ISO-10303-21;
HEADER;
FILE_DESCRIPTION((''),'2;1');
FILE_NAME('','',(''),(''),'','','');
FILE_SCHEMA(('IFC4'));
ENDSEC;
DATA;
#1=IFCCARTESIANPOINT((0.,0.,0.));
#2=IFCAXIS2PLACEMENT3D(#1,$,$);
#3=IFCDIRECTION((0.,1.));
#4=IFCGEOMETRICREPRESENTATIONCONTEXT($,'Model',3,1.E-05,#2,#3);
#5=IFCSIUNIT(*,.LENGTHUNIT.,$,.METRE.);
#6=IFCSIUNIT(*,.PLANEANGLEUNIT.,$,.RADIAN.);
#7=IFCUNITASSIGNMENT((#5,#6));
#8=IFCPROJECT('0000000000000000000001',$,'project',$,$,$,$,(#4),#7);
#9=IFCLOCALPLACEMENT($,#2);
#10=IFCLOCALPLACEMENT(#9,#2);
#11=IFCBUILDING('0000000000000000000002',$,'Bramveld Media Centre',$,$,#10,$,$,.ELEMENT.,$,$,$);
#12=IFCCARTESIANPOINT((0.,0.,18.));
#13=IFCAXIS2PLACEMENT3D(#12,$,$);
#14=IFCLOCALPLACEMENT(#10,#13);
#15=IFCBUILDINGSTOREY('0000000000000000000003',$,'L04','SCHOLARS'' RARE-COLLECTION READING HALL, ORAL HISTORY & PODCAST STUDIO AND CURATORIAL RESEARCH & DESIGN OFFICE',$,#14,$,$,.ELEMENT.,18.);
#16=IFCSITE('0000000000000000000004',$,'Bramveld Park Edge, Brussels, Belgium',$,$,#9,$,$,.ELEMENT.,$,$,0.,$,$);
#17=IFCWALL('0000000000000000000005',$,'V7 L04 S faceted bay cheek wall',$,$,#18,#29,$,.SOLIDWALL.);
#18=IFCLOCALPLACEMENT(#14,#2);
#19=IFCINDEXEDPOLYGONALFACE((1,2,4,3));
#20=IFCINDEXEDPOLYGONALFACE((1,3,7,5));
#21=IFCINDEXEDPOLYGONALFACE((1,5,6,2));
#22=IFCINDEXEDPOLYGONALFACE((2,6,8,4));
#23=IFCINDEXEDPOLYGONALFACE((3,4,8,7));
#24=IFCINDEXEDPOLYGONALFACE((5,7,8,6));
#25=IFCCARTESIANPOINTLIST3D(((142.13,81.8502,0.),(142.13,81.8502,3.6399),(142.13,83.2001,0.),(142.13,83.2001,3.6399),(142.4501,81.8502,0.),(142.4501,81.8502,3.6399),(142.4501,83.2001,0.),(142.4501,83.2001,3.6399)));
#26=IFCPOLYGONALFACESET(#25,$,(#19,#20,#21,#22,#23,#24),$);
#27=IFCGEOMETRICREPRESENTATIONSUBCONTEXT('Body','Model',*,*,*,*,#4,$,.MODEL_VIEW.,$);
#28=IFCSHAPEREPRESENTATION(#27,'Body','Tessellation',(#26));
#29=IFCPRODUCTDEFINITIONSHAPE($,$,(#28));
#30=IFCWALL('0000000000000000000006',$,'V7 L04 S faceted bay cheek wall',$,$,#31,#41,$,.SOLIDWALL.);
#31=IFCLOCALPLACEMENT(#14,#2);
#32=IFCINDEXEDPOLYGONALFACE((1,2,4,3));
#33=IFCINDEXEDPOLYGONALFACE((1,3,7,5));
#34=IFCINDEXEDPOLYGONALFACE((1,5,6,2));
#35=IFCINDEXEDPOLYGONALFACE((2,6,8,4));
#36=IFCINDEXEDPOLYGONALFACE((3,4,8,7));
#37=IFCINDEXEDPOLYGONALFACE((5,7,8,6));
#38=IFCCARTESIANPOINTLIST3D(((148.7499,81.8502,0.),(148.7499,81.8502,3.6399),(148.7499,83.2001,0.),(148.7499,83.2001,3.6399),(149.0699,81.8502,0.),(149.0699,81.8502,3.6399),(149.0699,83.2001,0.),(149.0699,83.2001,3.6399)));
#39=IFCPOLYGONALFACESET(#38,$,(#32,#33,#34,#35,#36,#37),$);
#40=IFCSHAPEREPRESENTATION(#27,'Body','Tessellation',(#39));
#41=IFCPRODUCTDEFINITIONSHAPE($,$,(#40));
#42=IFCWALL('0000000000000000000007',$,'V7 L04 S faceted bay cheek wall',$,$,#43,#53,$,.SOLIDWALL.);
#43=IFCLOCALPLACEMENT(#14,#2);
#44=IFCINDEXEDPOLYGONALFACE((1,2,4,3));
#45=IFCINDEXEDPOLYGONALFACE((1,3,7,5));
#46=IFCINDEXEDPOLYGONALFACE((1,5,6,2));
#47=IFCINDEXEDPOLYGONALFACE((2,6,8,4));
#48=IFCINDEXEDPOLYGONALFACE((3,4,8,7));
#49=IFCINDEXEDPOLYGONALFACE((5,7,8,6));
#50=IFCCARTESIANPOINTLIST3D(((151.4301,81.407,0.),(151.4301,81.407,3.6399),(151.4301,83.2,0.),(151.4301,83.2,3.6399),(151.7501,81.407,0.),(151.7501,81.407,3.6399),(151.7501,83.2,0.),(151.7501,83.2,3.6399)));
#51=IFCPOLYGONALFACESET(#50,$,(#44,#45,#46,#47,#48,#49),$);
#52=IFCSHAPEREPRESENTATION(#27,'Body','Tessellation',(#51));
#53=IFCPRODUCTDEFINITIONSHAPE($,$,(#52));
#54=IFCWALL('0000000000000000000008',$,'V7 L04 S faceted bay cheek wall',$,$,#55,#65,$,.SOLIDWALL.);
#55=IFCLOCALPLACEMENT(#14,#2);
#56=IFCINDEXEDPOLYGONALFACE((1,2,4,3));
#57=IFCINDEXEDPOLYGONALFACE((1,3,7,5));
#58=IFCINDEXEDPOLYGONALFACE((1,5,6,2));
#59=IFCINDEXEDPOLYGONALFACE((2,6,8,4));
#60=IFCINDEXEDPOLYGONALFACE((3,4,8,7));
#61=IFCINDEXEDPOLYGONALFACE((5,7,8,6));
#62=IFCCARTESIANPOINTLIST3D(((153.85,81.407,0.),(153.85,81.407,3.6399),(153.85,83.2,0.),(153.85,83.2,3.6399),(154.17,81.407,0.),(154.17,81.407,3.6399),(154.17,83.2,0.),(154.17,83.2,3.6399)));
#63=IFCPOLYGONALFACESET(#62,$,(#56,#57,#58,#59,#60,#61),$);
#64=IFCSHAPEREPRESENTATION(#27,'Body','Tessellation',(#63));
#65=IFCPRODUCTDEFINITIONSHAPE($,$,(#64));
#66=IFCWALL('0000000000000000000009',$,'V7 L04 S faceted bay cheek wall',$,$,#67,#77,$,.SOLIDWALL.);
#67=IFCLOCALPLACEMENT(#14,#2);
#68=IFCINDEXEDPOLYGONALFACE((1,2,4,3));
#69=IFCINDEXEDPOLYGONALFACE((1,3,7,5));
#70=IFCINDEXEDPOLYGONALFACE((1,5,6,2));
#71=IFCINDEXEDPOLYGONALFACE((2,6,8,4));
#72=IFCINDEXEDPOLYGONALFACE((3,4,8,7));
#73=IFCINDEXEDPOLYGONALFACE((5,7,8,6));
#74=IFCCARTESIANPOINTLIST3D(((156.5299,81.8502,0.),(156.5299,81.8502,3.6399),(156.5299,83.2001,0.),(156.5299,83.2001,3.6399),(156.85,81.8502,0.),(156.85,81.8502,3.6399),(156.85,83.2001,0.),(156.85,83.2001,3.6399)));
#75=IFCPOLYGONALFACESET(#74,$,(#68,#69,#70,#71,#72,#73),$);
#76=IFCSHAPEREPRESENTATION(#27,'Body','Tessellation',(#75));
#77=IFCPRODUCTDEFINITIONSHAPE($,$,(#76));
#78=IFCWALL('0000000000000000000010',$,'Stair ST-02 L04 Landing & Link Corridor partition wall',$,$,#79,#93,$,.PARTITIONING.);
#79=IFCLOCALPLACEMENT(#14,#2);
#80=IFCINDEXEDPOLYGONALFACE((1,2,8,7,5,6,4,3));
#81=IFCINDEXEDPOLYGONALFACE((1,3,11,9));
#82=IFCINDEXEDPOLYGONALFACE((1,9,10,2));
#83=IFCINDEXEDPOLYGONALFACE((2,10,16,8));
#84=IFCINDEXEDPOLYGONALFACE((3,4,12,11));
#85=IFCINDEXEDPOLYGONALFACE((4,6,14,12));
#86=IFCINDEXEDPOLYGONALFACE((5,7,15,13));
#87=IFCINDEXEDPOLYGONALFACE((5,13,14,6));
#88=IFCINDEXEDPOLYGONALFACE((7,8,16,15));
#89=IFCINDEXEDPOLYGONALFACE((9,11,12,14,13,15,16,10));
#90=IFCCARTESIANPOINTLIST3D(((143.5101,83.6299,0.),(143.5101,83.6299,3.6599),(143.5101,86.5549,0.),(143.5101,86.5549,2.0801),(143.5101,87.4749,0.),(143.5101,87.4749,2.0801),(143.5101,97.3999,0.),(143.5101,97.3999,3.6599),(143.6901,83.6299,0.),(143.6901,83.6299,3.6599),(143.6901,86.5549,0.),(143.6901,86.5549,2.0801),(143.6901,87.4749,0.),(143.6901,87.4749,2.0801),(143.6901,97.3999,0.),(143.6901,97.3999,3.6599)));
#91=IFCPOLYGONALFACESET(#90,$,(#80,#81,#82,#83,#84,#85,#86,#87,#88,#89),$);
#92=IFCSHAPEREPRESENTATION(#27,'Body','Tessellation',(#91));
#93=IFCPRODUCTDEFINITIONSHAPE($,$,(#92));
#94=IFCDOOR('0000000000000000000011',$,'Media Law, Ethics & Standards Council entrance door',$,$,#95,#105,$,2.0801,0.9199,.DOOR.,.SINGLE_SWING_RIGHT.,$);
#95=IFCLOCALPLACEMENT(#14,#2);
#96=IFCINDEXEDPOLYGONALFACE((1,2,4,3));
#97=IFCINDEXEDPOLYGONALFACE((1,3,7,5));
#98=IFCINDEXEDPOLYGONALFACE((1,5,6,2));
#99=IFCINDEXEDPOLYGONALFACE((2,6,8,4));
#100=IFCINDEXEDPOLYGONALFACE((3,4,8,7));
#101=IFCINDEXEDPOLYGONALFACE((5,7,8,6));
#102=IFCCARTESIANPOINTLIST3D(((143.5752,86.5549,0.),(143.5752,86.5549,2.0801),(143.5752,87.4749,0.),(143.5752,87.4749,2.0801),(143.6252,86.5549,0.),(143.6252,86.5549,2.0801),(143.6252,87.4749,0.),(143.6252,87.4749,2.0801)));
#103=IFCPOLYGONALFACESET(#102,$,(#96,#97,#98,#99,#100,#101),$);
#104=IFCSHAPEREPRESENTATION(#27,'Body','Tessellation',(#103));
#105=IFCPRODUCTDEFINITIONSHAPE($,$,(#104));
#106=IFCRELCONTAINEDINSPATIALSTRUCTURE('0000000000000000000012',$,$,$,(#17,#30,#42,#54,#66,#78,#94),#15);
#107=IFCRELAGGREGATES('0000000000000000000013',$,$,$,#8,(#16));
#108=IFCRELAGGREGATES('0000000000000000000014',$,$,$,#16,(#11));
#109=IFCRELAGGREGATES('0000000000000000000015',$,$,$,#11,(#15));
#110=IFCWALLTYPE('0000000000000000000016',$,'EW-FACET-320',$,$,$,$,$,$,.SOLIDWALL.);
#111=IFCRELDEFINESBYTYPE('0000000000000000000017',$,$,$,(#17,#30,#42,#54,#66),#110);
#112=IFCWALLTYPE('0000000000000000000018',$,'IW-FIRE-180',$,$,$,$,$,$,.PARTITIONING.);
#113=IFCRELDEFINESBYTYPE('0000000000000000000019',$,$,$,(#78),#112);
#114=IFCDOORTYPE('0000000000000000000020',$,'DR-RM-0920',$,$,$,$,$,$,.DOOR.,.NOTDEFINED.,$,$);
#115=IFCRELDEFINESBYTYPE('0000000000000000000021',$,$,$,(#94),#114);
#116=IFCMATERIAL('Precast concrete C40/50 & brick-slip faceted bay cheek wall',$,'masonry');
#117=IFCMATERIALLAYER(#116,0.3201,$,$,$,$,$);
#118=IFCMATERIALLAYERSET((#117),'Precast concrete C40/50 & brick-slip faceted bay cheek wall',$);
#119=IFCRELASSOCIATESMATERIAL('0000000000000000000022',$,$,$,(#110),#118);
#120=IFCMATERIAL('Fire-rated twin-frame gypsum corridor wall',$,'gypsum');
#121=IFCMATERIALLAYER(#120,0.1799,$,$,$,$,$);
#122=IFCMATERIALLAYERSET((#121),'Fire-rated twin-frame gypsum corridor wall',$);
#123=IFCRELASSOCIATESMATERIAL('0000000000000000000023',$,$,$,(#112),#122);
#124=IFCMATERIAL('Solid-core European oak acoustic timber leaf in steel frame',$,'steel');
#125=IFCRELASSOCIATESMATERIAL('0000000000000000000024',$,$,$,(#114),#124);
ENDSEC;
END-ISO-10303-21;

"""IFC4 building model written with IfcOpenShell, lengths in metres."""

from ifc_helpers import new_model, si_unit, direction, frame, frame_2d, origin, place, context, subcontext, project, spatial, rectangle, extrude, material, layer, layer_set, type_object, element, fill, save


model = new_model("IFC4")

# Units and contexts
model_context = context("Model", 3, precision=1e-05, world=origin(), true_north=direction((0.0, 1.0)))
body_context = subcontext(model_context, "Body", "Model", "MODEL_VIEW")
ifc_project = project(units=[si_unit("LENGTHUNIT", "METRE"), si_unit("PLANEANGLEUNIT", "RADIAN")], contexts=[model_context])

# Site, building, storey
site_placement = place(None, origin())
site = spatial("IfcSite", under=ifc_project, at=site_placement, Name="Bramveld Park Edge, Brussels, Belgium", CompositionType="ELEMENT", RefElevation=0.0)
building_placement = place(site_placement, origin())
building = spatial("IfcBuilding", under=site, at=building_placement, Name="Bramveld Media Centre", CompositionType="ELEMENT")
storey_placement = place(building_placement, frame((0.0, 0.0, 18.0)))
storey = spatial("IfcBuildingStorey", under=building, at=storey_placement, Name="L04", Description="SCHOLARS' RARE-COLLECTION READING HALL, ORAL HISTORY & PODCAST STUDIO AND CURATORIAL RESEARCH & DESIGN OFFICE", CompositionType="ELEMENT", Elevation=18.0)

# Walls
ifc_material_1 = material(Name="Precast concrete C40/50 & brick-slip faceted bay cheek wall", Category="masonry")
ifc_layer_1 = layer(ifc_material_1, 0.3201)
ifc_layer_set_1 = layer_set([ifc_layer_1], Name="Precast concrete C40/50 & brick-slip faceted bay cheek wall")
wall_type_1 = type_object("IfcWallType", Name="EW-FACET-320", PredefinedType="SOLIDWALL", material=ifc_layer_set_1)
for number, where, z_axis, x_axis, name in (
    (1, (142.29, 83.2, 0.0), (0.0, 0.0, 1.0), (0.0, -1.0, 0.0), "V7 L04 S faceted bay cheek wall"),
    (2, (148.9099, 83.2, 0.0), (0.0, 0.0, 1.0), (0.0, -1.0, 0.0), "V7 L04 S faceted bay cheek wall"),
):
    element("IfcWall", number, at=place(storey_placement, frame(where, z_axis=z_axis, x_axis=x_axis)), inside=storey, type_object=wall_type_1, Name=name, PredefinedType="SOLIDWALL", context=body_context, shape_type="SweptSolid", body=[
        extrude(rectangle(XDim=1.3499, YDim=0.3201, at=frame_2d((0.6748, 0.0))), origin(), (0.0, 0.0, 1.0), 3.6399),
    ])
for number, where, z_axis, x_axis, name in (
    (3, (151.5901, 83.2, 0.0), (0.0, 0.0, 1.0), (0.0, -1.0, 0.0), "V7 L04 S faceted bay cheek wall"),
    (4, (154.01, 83.2, 0.0), (0.0, 0.0, 1.0), (0.0, -1.0, 0.0), "V7 L04 S faceted bay cheek wall"),
):
    element("IfcWall", number, at=place(storey_placement, frame(where, z_axis=z_axis, x_axis=x_axis)), inside=storey, type_object=wall_type_1, Name=name, PredefinedType="SOLIDWALL", context=body_context, shape_type="SweptSolid", body=[
        extrude(rectangle(XDim=1.793, YDim=0.3201, at=frame_2d((0.8965, 0.0))), origin(), (0.0, 0.0, 1.0), 3.6399),
    ])
wall_1_placement = place(storey_placement, frame((156.6899, 83.2, 0.0), z_axis=(0.0, 0.0, 1.0), x_axis=(0.0, -1.0, 0.0)))
element("IfcWall", 5, at=wall_1_placement, inside=storey, type_object=wall_type_1, Name="V7 L04 S faceted bay cheek wall", PredefinedType="SOLIDWALL", context=body_context, shape_type="SweptSolid", body=[
    extrude(rectangle(XDim=1.3499, YDim=0.3201, at=frame_2d((0.6748, 0.0))), origin(), (0.0, 0.0, 1.0), 3.6399),
])

# Wall, opening, door
ifc_material_2 = material(Name="Fire-rated twin-frame gypsum corridor wall", Category="gypsum")
ifc_layer_2 = layer(ifc_material_2, 0.1799)
ifc_layer_set_2 = layer_set([ifc_layer_2], Name="Fire-rated twin-frame gypsum corridor wall")
wall_type_2 = type_object("IfcWallType", Name="IW-FIRE-180", PredefinedType="PARTITIONING", material=ifc_layer_set_2)
wall_2_placement = place(storey_placement, frame((143.6001, 83.6299, 0.0), z_axis=(0.0, 0.0, 1.0), x_axis=(0.0, 1.0, 0.0)))
wall_2 = element("IfcWall", 6, at=wall_2_placement, inside=storey, type_object=wall_type_2, Name="Stair ST-02 L04 Landing & Link Corridor partition wall", PredefinedType="PARTITIONING", context=body_context, shape_type="SweptSolid", body=[
    extrude(rectangle(XDim=13.77, YDim=0.1799, at=frame_2d((6.885, 0.0))), origin(), (0.0, 0.0, 1.0), 3.6599),
])
opening_placement = place(wall_2_placement, frame((2.925, 0.0, 0.0)))
opening = element("IfcOpeningElement", 7, at=opening_placement, cuts=wall_2, PredefinedType="OPENING", context=body_context, shape_type="SweptSolid", body=[
    extrude(rectangle(XDim=0.9199, YDim=2.0801, at=frame_2d((0.46, 1.04))), frame((0.0, 0.1021, 0.0), z_axis=(0.0, -1.0, 0.0), x_axis=(1.0, 0.0, 0.0)), (0.0, 0.0, 1.0), 0.2039),
])
ifc_material_3 = material(Name="Solid-core European oak acoustic timber leaf in steel frame", Category="steel")
door_type = type_object("IfcDoorType", Name="DR-RM-0920", OperationType="NOTDEFINED", PredefinedType="DOOR", material=ifc_material_3)
door_placement = place(opening_placement, origin())
door = element("IfcDoor", 8, at=door_placement, inside=storey, type_object=door_type, Name="Media Law, Ethics & Standards Council entrance door", OperationType="SINGLE_SWING_RIGHT", OverallHeight=2.0801, OverallWidth=0.9199, PredefinedType="DOOR", context=body_context, shape_type="SweptSolid", body=[
    extrude(rectangle(XDim=0.9199, YDim=2.0801, at=frame_2d((0.46, 1.04))), frame((0.0, 0.0249, 0.0), z_axis=(0.0, -1.0, 0.0), x_axis=(1.0, 0.0, 0.0)), (0.0, 0.0, 1.0), 0.05),
])
fill(opening, door)

save(model, "model.ifc")
